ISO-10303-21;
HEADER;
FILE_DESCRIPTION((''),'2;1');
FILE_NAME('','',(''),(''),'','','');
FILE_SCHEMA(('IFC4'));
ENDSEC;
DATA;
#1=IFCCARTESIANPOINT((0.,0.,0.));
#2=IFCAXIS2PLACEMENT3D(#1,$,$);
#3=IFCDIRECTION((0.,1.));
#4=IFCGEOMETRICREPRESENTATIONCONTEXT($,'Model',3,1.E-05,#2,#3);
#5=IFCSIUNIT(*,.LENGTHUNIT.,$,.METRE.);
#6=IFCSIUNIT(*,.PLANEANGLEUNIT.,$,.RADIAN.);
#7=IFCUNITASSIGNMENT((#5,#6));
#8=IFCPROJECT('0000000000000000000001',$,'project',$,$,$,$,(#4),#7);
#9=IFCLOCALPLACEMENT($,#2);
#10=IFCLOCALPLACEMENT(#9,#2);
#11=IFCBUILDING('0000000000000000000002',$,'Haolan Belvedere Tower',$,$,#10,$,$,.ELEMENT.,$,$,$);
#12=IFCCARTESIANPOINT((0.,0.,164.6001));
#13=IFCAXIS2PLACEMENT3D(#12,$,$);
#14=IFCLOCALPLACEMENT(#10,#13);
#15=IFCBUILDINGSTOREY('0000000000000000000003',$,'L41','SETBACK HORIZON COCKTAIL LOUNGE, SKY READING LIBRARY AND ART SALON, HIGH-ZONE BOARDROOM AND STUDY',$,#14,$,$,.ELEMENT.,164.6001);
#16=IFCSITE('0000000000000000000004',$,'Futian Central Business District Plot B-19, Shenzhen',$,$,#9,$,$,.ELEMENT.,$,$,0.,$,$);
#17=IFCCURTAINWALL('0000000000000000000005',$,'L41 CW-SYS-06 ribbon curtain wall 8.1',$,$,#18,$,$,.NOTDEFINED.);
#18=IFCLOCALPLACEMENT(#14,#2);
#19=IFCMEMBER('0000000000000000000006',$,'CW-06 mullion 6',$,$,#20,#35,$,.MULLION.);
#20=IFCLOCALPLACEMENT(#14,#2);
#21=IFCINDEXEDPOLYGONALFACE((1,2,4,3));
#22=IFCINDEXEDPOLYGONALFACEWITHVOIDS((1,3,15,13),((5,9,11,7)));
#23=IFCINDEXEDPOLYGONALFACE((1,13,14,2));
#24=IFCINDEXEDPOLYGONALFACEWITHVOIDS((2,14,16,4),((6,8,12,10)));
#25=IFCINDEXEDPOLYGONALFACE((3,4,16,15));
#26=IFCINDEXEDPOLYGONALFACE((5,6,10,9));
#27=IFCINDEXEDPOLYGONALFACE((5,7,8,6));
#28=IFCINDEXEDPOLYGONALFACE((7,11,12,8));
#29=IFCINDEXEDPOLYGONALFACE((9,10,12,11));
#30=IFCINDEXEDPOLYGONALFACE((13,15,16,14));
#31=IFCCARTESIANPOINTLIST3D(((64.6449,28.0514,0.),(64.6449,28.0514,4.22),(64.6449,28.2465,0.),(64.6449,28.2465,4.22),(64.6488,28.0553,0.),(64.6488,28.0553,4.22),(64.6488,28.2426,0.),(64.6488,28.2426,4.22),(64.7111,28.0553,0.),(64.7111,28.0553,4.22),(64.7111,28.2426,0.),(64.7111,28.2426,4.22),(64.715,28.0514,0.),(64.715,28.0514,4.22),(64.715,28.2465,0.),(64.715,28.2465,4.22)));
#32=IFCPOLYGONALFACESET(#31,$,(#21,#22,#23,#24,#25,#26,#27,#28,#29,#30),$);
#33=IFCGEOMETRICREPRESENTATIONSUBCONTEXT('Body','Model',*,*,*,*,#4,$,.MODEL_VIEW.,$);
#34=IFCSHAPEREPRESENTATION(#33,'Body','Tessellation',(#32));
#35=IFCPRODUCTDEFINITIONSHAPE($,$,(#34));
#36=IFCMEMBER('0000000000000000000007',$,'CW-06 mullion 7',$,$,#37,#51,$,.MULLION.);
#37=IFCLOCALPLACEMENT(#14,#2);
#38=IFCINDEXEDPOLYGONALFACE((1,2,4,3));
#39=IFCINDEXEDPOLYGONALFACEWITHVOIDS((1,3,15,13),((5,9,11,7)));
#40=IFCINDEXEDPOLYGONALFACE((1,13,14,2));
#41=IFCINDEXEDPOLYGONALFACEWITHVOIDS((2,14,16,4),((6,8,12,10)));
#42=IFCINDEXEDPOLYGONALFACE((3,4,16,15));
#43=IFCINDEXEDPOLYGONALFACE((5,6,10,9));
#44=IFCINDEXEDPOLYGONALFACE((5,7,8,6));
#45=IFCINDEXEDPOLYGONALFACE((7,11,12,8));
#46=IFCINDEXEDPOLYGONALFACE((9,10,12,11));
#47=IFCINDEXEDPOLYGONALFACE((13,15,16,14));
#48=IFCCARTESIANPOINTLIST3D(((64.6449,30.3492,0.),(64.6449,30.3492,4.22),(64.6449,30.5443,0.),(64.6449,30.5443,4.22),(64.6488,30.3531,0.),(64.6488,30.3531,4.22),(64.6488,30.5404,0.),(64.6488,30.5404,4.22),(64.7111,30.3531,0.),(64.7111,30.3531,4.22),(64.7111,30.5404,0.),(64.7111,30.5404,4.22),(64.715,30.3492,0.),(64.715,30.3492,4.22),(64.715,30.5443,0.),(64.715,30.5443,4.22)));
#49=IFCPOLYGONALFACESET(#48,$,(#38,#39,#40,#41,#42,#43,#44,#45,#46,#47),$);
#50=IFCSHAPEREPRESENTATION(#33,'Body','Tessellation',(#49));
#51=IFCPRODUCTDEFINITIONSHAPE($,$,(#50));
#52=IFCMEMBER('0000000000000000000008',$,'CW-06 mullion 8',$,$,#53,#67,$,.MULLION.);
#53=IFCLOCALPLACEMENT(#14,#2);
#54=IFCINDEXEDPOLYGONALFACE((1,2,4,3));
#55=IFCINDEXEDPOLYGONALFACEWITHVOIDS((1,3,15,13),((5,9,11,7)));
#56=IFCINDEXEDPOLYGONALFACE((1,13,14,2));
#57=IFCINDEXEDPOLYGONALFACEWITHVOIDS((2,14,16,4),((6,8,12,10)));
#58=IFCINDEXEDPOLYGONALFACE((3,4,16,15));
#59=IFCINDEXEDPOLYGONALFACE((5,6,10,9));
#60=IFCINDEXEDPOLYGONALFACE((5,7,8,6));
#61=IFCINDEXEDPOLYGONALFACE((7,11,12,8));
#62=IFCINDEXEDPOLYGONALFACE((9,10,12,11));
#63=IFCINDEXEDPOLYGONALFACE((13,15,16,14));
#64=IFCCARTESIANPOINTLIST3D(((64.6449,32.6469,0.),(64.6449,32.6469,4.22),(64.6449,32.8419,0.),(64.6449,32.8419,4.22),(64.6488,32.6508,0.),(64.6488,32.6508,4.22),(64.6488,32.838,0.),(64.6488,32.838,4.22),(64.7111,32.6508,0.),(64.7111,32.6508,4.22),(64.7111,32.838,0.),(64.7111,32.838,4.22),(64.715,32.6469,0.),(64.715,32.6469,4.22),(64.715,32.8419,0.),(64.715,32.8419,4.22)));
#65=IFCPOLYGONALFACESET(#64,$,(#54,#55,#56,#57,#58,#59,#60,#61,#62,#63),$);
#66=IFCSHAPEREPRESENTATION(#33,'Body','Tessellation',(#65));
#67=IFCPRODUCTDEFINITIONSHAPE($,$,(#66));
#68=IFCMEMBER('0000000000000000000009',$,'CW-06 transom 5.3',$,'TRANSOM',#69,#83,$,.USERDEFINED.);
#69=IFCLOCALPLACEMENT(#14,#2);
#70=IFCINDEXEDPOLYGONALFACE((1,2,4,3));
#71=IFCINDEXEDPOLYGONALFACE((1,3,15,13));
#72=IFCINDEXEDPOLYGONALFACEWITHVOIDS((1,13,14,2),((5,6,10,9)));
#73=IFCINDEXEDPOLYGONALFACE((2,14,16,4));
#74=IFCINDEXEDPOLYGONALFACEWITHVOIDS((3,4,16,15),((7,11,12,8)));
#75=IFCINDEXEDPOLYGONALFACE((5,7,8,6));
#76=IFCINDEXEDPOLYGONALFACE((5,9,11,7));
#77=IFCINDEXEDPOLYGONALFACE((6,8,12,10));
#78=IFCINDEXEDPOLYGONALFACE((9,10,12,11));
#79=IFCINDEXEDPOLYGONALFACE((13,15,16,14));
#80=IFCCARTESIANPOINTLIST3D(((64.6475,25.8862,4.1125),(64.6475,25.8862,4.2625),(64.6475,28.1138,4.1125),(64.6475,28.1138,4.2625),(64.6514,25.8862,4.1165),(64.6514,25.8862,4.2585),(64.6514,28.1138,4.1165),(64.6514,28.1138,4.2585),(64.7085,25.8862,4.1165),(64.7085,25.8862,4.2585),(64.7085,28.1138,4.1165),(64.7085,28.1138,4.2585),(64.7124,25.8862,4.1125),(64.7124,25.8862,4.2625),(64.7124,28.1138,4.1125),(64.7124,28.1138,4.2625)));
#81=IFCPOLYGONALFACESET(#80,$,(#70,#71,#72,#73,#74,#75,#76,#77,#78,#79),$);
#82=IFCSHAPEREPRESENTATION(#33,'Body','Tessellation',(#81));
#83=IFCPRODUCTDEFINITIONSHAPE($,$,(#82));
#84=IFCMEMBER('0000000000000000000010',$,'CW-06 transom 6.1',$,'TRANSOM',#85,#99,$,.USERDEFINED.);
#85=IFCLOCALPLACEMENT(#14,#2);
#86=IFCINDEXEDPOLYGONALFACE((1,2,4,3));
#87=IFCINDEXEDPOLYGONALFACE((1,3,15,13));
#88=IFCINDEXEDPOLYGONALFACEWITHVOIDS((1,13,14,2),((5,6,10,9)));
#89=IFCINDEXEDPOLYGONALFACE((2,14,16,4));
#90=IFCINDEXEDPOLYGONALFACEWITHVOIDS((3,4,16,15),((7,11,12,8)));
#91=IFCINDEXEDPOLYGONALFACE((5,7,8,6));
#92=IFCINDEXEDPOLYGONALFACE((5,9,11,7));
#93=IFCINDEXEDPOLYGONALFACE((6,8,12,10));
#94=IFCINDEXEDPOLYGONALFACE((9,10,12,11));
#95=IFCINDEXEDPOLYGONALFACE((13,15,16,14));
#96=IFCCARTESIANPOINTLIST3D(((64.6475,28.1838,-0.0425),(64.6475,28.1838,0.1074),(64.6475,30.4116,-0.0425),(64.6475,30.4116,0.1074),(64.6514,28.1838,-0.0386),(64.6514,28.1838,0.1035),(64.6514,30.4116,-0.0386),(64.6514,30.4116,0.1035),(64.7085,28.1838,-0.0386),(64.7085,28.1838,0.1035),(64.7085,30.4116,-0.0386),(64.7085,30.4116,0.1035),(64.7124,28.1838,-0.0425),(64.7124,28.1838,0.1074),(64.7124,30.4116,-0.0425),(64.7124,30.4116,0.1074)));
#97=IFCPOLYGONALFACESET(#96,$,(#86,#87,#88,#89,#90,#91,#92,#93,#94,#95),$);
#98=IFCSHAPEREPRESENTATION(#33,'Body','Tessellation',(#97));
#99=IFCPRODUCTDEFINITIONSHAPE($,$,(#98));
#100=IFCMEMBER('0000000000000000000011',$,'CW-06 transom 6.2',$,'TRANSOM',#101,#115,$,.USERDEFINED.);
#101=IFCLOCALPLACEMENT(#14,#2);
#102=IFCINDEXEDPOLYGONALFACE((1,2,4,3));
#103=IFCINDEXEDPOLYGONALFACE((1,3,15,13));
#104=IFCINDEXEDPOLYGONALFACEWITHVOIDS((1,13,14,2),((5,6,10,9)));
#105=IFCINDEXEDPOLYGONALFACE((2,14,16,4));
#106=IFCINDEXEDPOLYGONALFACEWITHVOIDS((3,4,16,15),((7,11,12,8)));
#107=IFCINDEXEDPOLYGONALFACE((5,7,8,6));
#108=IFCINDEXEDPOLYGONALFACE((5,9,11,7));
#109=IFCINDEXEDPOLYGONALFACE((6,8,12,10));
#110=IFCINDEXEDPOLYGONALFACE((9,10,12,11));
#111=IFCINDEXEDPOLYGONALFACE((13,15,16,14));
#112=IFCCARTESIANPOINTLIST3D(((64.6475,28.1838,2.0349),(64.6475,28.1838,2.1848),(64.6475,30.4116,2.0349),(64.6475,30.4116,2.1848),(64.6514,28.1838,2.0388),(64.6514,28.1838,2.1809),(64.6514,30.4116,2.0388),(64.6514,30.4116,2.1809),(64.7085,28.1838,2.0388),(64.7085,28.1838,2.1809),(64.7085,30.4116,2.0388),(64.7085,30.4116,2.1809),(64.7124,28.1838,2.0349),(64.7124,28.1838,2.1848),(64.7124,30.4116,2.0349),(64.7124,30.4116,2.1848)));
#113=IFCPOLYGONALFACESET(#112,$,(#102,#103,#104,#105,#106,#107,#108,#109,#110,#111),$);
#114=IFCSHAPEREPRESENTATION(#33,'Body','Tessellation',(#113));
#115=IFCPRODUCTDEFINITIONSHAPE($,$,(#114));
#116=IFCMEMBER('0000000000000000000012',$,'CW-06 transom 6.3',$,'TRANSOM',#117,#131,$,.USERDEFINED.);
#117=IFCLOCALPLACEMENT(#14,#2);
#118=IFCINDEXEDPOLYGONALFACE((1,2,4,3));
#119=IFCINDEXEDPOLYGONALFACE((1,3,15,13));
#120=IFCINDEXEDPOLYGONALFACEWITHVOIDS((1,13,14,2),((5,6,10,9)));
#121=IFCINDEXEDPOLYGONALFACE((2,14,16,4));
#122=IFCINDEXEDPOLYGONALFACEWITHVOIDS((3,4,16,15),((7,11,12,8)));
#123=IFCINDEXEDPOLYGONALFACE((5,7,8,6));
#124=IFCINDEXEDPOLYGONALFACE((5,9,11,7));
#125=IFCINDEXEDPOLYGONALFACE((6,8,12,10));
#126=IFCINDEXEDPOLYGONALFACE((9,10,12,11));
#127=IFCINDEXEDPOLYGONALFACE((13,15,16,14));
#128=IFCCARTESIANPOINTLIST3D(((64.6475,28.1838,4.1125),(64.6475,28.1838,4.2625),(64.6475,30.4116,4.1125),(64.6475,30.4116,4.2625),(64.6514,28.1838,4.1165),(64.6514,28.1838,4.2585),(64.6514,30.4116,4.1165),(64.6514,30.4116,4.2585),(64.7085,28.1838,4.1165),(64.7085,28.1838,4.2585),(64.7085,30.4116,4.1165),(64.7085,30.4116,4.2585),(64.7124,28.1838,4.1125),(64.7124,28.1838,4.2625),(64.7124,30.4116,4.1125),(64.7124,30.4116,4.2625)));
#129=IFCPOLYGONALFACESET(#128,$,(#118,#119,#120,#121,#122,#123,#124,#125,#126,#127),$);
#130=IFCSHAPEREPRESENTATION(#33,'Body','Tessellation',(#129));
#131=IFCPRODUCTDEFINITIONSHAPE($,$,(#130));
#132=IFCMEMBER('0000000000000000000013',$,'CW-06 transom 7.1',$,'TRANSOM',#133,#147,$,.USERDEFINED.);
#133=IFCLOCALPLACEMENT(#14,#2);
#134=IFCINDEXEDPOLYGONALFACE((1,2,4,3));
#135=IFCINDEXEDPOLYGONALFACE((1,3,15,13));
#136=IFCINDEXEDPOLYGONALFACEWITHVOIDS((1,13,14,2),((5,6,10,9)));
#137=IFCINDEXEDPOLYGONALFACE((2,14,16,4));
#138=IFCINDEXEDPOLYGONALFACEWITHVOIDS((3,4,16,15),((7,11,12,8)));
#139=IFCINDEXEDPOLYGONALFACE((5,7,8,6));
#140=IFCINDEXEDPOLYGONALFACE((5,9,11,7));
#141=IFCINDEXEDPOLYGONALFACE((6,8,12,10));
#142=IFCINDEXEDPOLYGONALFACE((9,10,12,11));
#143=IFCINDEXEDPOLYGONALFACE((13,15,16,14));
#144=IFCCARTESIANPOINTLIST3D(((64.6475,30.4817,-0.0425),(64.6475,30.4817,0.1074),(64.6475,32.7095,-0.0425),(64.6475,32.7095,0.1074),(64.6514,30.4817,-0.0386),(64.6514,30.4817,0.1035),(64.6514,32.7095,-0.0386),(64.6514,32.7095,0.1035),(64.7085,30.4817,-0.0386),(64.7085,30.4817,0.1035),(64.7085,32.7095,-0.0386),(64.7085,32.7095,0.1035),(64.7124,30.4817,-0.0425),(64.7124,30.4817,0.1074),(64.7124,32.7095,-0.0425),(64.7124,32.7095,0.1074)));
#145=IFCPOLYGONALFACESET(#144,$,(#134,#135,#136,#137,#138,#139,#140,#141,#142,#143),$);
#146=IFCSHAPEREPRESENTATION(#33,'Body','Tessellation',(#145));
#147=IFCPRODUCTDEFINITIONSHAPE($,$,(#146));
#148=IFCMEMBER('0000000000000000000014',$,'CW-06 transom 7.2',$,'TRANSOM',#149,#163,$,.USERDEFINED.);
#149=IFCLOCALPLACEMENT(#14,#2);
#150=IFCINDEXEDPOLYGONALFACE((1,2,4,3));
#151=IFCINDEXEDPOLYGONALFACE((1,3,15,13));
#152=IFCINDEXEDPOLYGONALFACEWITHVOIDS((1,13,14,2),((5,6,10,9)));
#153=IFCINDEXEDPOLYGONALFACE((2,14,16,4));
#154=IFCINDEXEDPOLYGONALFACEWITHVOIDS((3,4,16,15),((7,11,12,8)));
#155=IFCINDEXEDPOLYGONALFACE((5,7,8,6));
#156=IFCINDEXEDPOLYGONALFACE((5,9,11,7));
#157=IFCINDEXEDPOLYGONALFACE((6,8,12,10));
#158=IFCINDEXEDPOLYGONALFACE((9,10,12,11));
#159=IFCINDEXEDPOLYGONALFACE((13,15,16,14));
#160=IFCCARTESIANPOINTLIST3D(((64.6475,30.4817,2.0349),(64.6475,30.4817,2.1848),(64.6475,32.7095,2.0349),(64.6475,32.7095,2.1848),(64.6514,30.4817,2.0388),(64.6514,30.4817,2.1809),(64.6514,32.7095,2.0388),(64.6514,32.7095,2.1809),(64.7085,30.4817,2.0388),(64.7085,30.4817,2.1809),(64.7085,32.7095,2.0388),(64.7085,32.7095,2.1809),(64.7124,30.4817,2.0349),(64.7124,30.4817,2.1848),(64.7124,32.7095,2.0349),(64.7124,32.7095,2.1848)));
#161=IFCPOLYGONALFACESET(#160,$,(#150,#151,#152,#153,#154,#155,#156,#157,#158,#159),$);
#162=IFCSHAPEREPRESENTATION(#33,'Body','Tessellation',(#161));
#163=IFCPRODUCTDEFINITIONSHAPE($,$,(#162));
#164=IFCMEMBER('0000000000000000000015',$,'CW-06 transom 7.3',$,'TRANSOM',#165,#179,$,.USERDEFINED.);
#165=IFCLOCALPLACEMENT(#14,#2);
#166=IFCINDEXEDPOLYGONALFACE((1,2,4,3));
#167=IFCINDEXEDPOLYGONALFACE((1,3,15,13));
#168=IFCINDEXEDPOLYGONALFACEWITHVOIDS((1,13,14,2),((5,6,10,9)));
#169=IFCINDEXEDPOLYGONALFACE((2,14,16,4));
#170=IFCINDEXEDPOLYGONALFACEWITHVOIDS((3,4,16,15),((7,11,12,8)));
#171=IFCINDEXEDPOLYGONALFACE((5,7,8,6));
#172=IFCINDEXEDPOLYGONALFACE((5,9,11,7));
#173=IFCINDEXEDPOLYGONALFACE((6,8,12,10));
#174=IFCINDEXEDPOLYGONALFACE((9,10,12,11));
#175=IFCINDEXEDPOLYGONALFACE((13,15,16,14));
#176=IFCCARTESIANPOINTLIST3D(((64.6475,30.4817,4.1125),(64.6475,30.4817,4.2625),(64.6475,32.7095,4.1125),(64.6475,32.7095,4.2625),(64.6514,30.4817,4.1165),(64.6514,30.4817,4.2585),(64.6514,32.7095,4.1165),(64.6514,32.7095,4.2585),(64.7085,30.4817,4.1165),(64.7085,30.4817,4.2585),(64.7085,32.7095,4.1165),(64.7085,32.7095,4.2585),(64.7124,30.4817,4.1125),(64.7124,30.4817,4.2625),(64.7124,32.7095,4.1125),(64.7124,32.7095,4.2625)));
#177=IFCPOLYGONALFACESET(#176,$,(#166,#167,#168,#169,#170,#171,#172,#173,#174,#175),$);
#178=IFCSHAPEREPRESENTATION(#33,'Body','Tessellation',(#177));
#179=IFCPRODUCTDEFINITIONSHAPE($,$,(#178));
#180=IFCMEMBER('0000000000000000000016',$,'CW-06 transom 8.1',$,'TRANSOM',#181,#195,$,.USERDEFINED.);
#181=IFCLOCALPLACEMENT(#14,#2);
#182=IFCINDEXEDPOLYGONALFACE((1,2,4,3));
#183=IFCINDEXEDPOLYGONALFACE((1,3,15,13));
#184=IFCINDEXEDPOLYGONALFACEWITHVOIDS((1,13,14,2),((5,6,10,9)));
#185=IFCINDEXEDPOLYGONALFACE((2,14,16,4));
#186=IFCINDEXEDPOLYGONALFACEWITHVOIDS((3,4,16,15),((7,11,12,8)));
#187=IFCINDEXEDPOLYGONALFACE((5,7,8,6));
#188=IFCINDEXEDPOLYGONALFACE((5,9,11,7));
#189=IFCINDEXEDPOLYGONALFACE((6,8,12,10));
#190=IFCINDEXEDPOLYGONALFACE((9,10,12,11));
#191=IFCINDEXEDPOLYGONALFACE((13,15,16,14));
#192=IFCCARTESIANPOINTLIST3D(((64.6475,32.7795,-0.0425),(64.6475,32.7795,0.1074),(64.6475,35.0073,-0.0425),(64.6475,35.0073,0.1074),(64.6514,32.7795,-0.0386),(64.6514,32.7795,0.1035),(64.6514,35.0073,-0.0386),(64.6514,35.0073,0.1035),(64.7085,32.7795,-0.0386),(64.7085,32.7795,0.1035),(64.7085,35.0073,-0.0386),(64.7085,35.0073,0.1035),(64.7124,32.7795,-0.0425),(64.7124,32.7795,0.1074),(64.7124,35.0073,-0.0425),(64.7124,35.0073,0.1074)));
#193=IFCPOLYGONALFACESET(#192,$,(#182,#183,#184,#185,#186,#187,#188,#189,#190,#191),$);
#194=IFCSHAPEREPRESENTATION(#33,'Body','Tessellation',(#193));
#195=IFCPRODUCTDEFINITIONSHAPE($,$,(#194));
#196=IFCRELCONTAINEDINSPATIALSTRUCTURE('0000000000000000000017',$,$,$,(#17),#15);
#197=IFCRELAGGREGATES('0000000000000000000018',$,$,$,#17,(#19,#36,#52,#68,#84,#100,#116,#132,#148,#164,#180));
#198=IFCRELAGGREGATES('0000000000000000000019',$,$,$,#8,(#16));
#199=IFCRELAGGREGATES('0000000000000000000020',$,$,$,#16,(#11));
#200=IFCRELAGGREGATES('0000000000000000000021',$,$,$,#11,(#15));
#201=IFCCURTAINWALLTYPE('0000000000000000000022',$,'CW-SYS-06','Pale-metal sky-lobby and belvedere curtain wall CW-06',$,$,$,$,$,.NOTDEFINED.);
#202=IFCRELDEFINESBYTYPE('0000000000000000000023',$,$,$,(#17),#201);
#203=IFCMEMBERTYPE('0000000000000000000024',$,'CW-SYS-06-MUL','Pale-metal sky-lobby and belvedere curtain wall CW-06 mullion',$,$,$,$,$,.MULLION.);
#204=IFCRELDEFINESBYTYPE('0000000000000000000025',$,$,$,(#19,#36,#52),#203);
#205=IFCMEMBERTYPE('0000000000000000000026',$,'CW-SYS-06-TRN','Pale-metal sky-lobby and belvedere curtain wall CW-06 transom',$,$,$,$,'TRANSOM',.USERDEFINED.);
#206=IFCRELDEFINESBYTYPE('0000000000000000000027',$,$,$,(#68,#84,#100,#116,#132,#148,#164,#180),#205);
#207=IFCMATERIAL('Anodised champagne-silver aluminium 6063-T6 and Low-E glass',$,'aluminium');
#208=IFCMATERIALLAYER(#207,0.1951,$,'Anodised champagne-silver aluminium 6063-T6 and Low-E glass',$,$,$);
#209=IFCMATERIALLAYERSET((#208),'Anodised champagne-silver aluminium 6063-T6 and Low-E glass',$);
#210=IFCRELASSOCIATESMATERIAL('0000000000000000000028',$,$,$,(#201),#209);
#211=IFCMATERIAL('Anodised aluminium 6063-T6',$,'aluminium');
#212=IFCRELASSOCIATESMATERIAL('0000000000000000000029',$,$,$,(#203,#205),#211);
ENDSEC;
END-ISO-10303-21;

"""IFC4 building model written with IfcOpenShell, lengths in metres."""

from ifc_helpers import new_model, si_unit, direction, frame, origin, origin_2d, place, context, subcontext, project, spatial, hollow_rectangle, extrude, material, layer, layer_set, material_profile, profile_set, type_object, element, aggregate, save


model = new_model("IFC4")

# Units and contexts
model_context = context("Model", 3, precision=1e-05, world=origin(), true_north=direction((0.0, 1.0)))
body_context = subcontext(model_context, "Body", "Model", "MODEL_VIEW")
ifc_project = project(units=[si_unit("LENGTHUNIT", "METRE"), si_unit("PLANEANGLEUNIT", "RADIAN")], contexts=[model_context])

# Site, building, storey
site_placement = place(None, origin())
site = spatial("IfcSite", under=ifc_project, at=site_placement, Name="Futian Central Business District Plot B-19, Shenzhen", CompositionType="ELEMENT", RefElevation=0.0)
building_placement = place(site_placement, origin())
building = spatial("IfcBuilding", under=site, at=building_placement, Name="Haolan Belvedere Tower", CompositionType="ELEMENT")
storey_placement = place(building_placement, frame((0.0, 0.0, 164.6001)))
storey = spatial("IfcBuildingStorey", under=building, at=storey_placement, Name="L41", Description="SETBACK HORIZON COCKTAIL LOUNGE, SKY READING LIBRARY AND ART SALON, HIGH-ZONE BOARDROOM AND STUDY", CompositionType="ELEMENT", Elevation=164.6001)

# Curtain wall, members
ifc_material_1 = material(Name="Anodised champagne-silver aluminium 6063-T6 and Low-E glass", Category="aluminium")
ifc_layer_1 = layer(ifc_material_1, 0.1951, Name="Anodised champagne-silver aluminium 6063-T6 and Low-E glass")
ifc_layer_set_1 = layer_set([ifc_layer_1], Name="Anodised champagne-silver aluminium 6063-T6 and Low-E glass")
curtain_wall_type = type_object("IfcCurtainWallType", Name="CW-SYS-06", Description="Pale-metal sky-lobby and belvedere curtain wall CW-06", PredefinedType="NOTDEFINED", material=ifc_layer_set_1)
curtain_wall_placement = place(storey_placement, origin())
curtain_wall = element("IfcCurtainWall", 1, at=curtain_wall_placement, inside=storey, type_object=curtain_wall_type, Name="L41 CW-SYS-06 ribbon curtain wall 8.1", PredefinedType="NOTDEFINED")
ifc_material_2 = material(Name="Anodised aluminium 6063-T6", Category="aluminium")
ifc_material_profile_1 = material_profile(ifc_material_2, hollow_rectangle(XDim=0.0701, YDim=0.1951, WallThickness=0.0039, at=origin_2d()), Name="Anodised aluminium 6063-T6")
ifc_profile_set_1 = profile_set([ifc_material_profile_1], Name="Anodised aluminium 6063-T6")
member_type_1 = type_object("IfcMemberType", Name="CW-SYS-06-MUL", Description="Pale-metal sky-lobby and belvedere curtain wall CW-06 mullion", PredefinedType="MULLION", material=ifc_profile_set_1)
member_1_placement = place(storey_placement, frame((64.6799, 28.1489, 0.0), z_axis=(0.0, 0.0, 1.0), x_axis=(-1.0, 0.0, 0.0)))
member_1 = element("IfcMember", 2, at=member_1_placement, type_object=member_type_1, Name="CW-06 mullion 6", PredefinedType="MULLION", context=body_context, shape_type="SweptSolid", body=[
    extrude(hollow_rectangle(XDim=0.0701, YDim=0.1951, WallThickness=0.0039, at=origin_2d()), origin(), (0.0, 0.0, 1.0), 4.22),
])
member_2_placement = place(storey_placement, frame((64.6799, 30.4468, 0.0), z_axis=(0.0, 0.0, 1.0), x_axis=(-1.0, 0.0, 0.0)))
member_2 = element("IfcMember", 3, at=member_2_placement, type_object=member_type_1, Name="CW-06 mullion 7", PredefinedType="MULLION", context=body_context, shape_type="SweptSolid", body=[
    extrude(hollow_rectangle(XDim=0.0701, YDim=0.1951, WallThickness=0.0039, at=origin_2d()), origin(), (0.0, 0.0, 1.0), 4.22),
])
member_3_placement = place(storey_placement, frame((64.6799, 32.7444, 0.0), z_axis=(0.0, 0.0, 1.0), x_axis=(-1.0, 0.0, 0.0)))
member_3 = element("IfcMember", 4, at=member_3_placement, type_object=member_type_1, Name="CW-06 mullion 8", PredefinedType="MULLION", context=body_context, shape_type="SweptSolid", body=[
    extrude(hollow_rectangle(XDim=0.0701, YDim=0.1951, WallThickness=0.0039, at=origin_2d()), origin(), (0.0, 0.0, 1.0), 4.22),
])
ifc_material_profile_2 = material_profile(ifc_material_2, hollow_rectangle(XDim=0.0649, YDim=0.1499, WallThickness=0.0039, at=origin_2d()), Name="Anodised aluminium 6063-T6")
ifc_profile_set_2 = profile_set([ifc_material_profile_2], Name="Anodised aluminium 6063-T6")
member_type_2 = type_object("IfcMemberType", Name="CW-SYS-06-TRN", Description="Pale-metal sky-lobby and belvedere curtain wall CW-06 transom", ElementType="TRANSOM", PredefinedType="USERDEFINED", material=ifc_profile_set_2)
member_4_placement = place(storey_placement, frame((64.6799, 25.8862, 4.1875), z_axis=(0.0, 1.0, 0.0), x_axis=(-1.0, 0.0, 0.0)))
member_4 = element("IfcMember", 5, at=member_4_placement, type_object=member_type_2, Name="CW-06 transom 5.3", ObjectType="TRANSOM", PredefinedType="USERDEFINED", context=body_context, shape_type="SweptSolid", body=[
    extrude(hollow_rectangle(XDim=0.0649, YDim=0.1499, WallThickness=0.0039, at=origin_2d()), origin(), (0.0, 0.0, 1.0), 2.2275),
])
member_5_placement = place(storey_placement, frame((64.6799, 28.1838, 0.0325), z_axis=(0.0, 1.0, 0.0), x_axis=(-1.0, 0.0, 0.0)))
member_5 = element("IfcMember", 6, at=member_5_placement, type_object=member_type_2, Name="CW-06 transom 6.1", ObjectType="TRANSOM", PredefinedType="USERDEFINED", context=body_context, shape_type="SweptSolid", body=[
    extrude(hollow_rectangle(XDim=0.0649, YDim=0.1499, WallThickness=0.0039, at=origin_2d()), origin(), (0.0, 0.0, 1.0), 2.2278),
])
member_6_placement = place(storey_placement, frame((64.6799, 28.1838, 2.1099), z_axis=(0.0, 1.0, 0.0), x_axis=(-1.0, 0.0, 0.0)))
member_6 = element("IfcMember", 7, at=member_6_placement, type_object=member_type_2, Name="CW-06 transom 6.2", ObjectType="TRANSOM", PredefinedType="USERDEFINED", context=body_context, shape_type="SweptSolid", body=[
    extrude(hollow_rectangle(XDim=0.0649, YDim=0.1499, WallThickness=0.0039, at=origin_2d()), origin(), (0.0, 0.0, 1.0), 2.2278),
])
member_7_placement = place(storey_placement, frame((64.6799, 28.1838, 4.1875), z_axis=(0.0, 1.0, 0.0), x_axis=(-1.0, 0.0, 0.0)))
member_7 = element("IfcMember", 8, at=member_7_placement, type_object=member_type_2, Name="CW-06 transom 6.3", ObjectType="TRANSOM", PredefinedType="USERDEFINED", context=body_context, shape_type="SweptSolid", body=[
    extrude(hollow_rectangle(XDim=0.0649, YDim=0.1499, WallThickness=0.0039, at=origin_2d()), origin(), (0.0, 0.0, 1.0), 2.2278),
])
member_8_placement = place(storey_placement, frame((64.6799, 30.4817, 0.0325), z_axis=(0.0, 1.0, 0.0), x_axis=(-1.0, 0.0, 0.0)))
member_8 = element("IfcMember", 9, at=member_8_placement, type_object=member_type_2, Name="CW-06 transom 7.1", ObjectType="TRANSOM", PredefinedType="USERDEFINED", context=body_context, shape_type="SweptSolid", body=[
    extrude(hollow_rectangle(XDim=0.0649, YDim=0.1499, WallThickness=0.0039, at=origin_2d()), origin(), (0.0, 0.0, 1.0), 2.2278),
])
member_9_placement = place(storey_placement, frame((64.6799, 30.4817, 2.1099), z_axis=(0.0, 1.0, 0.0), x_axis=(-1.0, 0.0, 0.0)))
member_9 = element("IfcMember", 10, at=member_9_placement, type_object=member_type_2, Name="CW-06 transom 7.2", ObjectType="TRANSOM", PredefinedType="USERDEFINED", context=body_context, shape_type="SweptSolid", body=[
    extrude(hollow_rectangle(XDim=0.0649, YDim=0.1499, WallThickness=0.0039, at=origin_2d()), origin(), (0.0, 0.0, 1.0), 2.2278),
])
member_10_placement = place(storey_placement, frame((64.6799, 30.4817, 4.1875), z_axis=(0.0, 1.0, 0.0), x_axis=(-1.0, 0.0, 0.0)))
member_10 = element("IfcMember", 11, at=member_10_placement, type_object=member_type_2, Name="CW-06 transom 7.3", ObjectType="TRANSOM", PredefinedType="USERDEFINED", context=body_context, shape_type="SweptSolid", body=[
    extrude(hollow_rectangle(XDim=0.0649, YDim=0.1499, WallThickness=0.0039, at=origin_2d()), origin(), (0.0, 0.0, 1.0), 2.2278),
])
member_11_placement = place(storey_placement, frame((64.6799, 32.7795, 0.0325), z_axis=(0.0, 1.0, 0.0), x_axis=(-1.0, 0.0, 0.0)))
member_11 = element("IfcMember", 12, at=member_11_placement, type_object=member_type_2, Name="CW-06 transom 8.1", ObjectType="TRANSOM", PredefinedType="USERDEFINED", context=body_context, shape_type="SweptSolid", body=[
    extrude(hollow_rectangle(XDim=0.0649, YDim=0.1499, WallThickness=0.0039, at=origin_2d()), origin(), (0.0, 0.0, 1.0), 2.2278),
])
aggregate(curtain_wall, [member_1, member_2, member_3, member_4, member_5, member_6, member_7, member_8, member_9, member_10, member_11])

save(model, "model.ifc")
